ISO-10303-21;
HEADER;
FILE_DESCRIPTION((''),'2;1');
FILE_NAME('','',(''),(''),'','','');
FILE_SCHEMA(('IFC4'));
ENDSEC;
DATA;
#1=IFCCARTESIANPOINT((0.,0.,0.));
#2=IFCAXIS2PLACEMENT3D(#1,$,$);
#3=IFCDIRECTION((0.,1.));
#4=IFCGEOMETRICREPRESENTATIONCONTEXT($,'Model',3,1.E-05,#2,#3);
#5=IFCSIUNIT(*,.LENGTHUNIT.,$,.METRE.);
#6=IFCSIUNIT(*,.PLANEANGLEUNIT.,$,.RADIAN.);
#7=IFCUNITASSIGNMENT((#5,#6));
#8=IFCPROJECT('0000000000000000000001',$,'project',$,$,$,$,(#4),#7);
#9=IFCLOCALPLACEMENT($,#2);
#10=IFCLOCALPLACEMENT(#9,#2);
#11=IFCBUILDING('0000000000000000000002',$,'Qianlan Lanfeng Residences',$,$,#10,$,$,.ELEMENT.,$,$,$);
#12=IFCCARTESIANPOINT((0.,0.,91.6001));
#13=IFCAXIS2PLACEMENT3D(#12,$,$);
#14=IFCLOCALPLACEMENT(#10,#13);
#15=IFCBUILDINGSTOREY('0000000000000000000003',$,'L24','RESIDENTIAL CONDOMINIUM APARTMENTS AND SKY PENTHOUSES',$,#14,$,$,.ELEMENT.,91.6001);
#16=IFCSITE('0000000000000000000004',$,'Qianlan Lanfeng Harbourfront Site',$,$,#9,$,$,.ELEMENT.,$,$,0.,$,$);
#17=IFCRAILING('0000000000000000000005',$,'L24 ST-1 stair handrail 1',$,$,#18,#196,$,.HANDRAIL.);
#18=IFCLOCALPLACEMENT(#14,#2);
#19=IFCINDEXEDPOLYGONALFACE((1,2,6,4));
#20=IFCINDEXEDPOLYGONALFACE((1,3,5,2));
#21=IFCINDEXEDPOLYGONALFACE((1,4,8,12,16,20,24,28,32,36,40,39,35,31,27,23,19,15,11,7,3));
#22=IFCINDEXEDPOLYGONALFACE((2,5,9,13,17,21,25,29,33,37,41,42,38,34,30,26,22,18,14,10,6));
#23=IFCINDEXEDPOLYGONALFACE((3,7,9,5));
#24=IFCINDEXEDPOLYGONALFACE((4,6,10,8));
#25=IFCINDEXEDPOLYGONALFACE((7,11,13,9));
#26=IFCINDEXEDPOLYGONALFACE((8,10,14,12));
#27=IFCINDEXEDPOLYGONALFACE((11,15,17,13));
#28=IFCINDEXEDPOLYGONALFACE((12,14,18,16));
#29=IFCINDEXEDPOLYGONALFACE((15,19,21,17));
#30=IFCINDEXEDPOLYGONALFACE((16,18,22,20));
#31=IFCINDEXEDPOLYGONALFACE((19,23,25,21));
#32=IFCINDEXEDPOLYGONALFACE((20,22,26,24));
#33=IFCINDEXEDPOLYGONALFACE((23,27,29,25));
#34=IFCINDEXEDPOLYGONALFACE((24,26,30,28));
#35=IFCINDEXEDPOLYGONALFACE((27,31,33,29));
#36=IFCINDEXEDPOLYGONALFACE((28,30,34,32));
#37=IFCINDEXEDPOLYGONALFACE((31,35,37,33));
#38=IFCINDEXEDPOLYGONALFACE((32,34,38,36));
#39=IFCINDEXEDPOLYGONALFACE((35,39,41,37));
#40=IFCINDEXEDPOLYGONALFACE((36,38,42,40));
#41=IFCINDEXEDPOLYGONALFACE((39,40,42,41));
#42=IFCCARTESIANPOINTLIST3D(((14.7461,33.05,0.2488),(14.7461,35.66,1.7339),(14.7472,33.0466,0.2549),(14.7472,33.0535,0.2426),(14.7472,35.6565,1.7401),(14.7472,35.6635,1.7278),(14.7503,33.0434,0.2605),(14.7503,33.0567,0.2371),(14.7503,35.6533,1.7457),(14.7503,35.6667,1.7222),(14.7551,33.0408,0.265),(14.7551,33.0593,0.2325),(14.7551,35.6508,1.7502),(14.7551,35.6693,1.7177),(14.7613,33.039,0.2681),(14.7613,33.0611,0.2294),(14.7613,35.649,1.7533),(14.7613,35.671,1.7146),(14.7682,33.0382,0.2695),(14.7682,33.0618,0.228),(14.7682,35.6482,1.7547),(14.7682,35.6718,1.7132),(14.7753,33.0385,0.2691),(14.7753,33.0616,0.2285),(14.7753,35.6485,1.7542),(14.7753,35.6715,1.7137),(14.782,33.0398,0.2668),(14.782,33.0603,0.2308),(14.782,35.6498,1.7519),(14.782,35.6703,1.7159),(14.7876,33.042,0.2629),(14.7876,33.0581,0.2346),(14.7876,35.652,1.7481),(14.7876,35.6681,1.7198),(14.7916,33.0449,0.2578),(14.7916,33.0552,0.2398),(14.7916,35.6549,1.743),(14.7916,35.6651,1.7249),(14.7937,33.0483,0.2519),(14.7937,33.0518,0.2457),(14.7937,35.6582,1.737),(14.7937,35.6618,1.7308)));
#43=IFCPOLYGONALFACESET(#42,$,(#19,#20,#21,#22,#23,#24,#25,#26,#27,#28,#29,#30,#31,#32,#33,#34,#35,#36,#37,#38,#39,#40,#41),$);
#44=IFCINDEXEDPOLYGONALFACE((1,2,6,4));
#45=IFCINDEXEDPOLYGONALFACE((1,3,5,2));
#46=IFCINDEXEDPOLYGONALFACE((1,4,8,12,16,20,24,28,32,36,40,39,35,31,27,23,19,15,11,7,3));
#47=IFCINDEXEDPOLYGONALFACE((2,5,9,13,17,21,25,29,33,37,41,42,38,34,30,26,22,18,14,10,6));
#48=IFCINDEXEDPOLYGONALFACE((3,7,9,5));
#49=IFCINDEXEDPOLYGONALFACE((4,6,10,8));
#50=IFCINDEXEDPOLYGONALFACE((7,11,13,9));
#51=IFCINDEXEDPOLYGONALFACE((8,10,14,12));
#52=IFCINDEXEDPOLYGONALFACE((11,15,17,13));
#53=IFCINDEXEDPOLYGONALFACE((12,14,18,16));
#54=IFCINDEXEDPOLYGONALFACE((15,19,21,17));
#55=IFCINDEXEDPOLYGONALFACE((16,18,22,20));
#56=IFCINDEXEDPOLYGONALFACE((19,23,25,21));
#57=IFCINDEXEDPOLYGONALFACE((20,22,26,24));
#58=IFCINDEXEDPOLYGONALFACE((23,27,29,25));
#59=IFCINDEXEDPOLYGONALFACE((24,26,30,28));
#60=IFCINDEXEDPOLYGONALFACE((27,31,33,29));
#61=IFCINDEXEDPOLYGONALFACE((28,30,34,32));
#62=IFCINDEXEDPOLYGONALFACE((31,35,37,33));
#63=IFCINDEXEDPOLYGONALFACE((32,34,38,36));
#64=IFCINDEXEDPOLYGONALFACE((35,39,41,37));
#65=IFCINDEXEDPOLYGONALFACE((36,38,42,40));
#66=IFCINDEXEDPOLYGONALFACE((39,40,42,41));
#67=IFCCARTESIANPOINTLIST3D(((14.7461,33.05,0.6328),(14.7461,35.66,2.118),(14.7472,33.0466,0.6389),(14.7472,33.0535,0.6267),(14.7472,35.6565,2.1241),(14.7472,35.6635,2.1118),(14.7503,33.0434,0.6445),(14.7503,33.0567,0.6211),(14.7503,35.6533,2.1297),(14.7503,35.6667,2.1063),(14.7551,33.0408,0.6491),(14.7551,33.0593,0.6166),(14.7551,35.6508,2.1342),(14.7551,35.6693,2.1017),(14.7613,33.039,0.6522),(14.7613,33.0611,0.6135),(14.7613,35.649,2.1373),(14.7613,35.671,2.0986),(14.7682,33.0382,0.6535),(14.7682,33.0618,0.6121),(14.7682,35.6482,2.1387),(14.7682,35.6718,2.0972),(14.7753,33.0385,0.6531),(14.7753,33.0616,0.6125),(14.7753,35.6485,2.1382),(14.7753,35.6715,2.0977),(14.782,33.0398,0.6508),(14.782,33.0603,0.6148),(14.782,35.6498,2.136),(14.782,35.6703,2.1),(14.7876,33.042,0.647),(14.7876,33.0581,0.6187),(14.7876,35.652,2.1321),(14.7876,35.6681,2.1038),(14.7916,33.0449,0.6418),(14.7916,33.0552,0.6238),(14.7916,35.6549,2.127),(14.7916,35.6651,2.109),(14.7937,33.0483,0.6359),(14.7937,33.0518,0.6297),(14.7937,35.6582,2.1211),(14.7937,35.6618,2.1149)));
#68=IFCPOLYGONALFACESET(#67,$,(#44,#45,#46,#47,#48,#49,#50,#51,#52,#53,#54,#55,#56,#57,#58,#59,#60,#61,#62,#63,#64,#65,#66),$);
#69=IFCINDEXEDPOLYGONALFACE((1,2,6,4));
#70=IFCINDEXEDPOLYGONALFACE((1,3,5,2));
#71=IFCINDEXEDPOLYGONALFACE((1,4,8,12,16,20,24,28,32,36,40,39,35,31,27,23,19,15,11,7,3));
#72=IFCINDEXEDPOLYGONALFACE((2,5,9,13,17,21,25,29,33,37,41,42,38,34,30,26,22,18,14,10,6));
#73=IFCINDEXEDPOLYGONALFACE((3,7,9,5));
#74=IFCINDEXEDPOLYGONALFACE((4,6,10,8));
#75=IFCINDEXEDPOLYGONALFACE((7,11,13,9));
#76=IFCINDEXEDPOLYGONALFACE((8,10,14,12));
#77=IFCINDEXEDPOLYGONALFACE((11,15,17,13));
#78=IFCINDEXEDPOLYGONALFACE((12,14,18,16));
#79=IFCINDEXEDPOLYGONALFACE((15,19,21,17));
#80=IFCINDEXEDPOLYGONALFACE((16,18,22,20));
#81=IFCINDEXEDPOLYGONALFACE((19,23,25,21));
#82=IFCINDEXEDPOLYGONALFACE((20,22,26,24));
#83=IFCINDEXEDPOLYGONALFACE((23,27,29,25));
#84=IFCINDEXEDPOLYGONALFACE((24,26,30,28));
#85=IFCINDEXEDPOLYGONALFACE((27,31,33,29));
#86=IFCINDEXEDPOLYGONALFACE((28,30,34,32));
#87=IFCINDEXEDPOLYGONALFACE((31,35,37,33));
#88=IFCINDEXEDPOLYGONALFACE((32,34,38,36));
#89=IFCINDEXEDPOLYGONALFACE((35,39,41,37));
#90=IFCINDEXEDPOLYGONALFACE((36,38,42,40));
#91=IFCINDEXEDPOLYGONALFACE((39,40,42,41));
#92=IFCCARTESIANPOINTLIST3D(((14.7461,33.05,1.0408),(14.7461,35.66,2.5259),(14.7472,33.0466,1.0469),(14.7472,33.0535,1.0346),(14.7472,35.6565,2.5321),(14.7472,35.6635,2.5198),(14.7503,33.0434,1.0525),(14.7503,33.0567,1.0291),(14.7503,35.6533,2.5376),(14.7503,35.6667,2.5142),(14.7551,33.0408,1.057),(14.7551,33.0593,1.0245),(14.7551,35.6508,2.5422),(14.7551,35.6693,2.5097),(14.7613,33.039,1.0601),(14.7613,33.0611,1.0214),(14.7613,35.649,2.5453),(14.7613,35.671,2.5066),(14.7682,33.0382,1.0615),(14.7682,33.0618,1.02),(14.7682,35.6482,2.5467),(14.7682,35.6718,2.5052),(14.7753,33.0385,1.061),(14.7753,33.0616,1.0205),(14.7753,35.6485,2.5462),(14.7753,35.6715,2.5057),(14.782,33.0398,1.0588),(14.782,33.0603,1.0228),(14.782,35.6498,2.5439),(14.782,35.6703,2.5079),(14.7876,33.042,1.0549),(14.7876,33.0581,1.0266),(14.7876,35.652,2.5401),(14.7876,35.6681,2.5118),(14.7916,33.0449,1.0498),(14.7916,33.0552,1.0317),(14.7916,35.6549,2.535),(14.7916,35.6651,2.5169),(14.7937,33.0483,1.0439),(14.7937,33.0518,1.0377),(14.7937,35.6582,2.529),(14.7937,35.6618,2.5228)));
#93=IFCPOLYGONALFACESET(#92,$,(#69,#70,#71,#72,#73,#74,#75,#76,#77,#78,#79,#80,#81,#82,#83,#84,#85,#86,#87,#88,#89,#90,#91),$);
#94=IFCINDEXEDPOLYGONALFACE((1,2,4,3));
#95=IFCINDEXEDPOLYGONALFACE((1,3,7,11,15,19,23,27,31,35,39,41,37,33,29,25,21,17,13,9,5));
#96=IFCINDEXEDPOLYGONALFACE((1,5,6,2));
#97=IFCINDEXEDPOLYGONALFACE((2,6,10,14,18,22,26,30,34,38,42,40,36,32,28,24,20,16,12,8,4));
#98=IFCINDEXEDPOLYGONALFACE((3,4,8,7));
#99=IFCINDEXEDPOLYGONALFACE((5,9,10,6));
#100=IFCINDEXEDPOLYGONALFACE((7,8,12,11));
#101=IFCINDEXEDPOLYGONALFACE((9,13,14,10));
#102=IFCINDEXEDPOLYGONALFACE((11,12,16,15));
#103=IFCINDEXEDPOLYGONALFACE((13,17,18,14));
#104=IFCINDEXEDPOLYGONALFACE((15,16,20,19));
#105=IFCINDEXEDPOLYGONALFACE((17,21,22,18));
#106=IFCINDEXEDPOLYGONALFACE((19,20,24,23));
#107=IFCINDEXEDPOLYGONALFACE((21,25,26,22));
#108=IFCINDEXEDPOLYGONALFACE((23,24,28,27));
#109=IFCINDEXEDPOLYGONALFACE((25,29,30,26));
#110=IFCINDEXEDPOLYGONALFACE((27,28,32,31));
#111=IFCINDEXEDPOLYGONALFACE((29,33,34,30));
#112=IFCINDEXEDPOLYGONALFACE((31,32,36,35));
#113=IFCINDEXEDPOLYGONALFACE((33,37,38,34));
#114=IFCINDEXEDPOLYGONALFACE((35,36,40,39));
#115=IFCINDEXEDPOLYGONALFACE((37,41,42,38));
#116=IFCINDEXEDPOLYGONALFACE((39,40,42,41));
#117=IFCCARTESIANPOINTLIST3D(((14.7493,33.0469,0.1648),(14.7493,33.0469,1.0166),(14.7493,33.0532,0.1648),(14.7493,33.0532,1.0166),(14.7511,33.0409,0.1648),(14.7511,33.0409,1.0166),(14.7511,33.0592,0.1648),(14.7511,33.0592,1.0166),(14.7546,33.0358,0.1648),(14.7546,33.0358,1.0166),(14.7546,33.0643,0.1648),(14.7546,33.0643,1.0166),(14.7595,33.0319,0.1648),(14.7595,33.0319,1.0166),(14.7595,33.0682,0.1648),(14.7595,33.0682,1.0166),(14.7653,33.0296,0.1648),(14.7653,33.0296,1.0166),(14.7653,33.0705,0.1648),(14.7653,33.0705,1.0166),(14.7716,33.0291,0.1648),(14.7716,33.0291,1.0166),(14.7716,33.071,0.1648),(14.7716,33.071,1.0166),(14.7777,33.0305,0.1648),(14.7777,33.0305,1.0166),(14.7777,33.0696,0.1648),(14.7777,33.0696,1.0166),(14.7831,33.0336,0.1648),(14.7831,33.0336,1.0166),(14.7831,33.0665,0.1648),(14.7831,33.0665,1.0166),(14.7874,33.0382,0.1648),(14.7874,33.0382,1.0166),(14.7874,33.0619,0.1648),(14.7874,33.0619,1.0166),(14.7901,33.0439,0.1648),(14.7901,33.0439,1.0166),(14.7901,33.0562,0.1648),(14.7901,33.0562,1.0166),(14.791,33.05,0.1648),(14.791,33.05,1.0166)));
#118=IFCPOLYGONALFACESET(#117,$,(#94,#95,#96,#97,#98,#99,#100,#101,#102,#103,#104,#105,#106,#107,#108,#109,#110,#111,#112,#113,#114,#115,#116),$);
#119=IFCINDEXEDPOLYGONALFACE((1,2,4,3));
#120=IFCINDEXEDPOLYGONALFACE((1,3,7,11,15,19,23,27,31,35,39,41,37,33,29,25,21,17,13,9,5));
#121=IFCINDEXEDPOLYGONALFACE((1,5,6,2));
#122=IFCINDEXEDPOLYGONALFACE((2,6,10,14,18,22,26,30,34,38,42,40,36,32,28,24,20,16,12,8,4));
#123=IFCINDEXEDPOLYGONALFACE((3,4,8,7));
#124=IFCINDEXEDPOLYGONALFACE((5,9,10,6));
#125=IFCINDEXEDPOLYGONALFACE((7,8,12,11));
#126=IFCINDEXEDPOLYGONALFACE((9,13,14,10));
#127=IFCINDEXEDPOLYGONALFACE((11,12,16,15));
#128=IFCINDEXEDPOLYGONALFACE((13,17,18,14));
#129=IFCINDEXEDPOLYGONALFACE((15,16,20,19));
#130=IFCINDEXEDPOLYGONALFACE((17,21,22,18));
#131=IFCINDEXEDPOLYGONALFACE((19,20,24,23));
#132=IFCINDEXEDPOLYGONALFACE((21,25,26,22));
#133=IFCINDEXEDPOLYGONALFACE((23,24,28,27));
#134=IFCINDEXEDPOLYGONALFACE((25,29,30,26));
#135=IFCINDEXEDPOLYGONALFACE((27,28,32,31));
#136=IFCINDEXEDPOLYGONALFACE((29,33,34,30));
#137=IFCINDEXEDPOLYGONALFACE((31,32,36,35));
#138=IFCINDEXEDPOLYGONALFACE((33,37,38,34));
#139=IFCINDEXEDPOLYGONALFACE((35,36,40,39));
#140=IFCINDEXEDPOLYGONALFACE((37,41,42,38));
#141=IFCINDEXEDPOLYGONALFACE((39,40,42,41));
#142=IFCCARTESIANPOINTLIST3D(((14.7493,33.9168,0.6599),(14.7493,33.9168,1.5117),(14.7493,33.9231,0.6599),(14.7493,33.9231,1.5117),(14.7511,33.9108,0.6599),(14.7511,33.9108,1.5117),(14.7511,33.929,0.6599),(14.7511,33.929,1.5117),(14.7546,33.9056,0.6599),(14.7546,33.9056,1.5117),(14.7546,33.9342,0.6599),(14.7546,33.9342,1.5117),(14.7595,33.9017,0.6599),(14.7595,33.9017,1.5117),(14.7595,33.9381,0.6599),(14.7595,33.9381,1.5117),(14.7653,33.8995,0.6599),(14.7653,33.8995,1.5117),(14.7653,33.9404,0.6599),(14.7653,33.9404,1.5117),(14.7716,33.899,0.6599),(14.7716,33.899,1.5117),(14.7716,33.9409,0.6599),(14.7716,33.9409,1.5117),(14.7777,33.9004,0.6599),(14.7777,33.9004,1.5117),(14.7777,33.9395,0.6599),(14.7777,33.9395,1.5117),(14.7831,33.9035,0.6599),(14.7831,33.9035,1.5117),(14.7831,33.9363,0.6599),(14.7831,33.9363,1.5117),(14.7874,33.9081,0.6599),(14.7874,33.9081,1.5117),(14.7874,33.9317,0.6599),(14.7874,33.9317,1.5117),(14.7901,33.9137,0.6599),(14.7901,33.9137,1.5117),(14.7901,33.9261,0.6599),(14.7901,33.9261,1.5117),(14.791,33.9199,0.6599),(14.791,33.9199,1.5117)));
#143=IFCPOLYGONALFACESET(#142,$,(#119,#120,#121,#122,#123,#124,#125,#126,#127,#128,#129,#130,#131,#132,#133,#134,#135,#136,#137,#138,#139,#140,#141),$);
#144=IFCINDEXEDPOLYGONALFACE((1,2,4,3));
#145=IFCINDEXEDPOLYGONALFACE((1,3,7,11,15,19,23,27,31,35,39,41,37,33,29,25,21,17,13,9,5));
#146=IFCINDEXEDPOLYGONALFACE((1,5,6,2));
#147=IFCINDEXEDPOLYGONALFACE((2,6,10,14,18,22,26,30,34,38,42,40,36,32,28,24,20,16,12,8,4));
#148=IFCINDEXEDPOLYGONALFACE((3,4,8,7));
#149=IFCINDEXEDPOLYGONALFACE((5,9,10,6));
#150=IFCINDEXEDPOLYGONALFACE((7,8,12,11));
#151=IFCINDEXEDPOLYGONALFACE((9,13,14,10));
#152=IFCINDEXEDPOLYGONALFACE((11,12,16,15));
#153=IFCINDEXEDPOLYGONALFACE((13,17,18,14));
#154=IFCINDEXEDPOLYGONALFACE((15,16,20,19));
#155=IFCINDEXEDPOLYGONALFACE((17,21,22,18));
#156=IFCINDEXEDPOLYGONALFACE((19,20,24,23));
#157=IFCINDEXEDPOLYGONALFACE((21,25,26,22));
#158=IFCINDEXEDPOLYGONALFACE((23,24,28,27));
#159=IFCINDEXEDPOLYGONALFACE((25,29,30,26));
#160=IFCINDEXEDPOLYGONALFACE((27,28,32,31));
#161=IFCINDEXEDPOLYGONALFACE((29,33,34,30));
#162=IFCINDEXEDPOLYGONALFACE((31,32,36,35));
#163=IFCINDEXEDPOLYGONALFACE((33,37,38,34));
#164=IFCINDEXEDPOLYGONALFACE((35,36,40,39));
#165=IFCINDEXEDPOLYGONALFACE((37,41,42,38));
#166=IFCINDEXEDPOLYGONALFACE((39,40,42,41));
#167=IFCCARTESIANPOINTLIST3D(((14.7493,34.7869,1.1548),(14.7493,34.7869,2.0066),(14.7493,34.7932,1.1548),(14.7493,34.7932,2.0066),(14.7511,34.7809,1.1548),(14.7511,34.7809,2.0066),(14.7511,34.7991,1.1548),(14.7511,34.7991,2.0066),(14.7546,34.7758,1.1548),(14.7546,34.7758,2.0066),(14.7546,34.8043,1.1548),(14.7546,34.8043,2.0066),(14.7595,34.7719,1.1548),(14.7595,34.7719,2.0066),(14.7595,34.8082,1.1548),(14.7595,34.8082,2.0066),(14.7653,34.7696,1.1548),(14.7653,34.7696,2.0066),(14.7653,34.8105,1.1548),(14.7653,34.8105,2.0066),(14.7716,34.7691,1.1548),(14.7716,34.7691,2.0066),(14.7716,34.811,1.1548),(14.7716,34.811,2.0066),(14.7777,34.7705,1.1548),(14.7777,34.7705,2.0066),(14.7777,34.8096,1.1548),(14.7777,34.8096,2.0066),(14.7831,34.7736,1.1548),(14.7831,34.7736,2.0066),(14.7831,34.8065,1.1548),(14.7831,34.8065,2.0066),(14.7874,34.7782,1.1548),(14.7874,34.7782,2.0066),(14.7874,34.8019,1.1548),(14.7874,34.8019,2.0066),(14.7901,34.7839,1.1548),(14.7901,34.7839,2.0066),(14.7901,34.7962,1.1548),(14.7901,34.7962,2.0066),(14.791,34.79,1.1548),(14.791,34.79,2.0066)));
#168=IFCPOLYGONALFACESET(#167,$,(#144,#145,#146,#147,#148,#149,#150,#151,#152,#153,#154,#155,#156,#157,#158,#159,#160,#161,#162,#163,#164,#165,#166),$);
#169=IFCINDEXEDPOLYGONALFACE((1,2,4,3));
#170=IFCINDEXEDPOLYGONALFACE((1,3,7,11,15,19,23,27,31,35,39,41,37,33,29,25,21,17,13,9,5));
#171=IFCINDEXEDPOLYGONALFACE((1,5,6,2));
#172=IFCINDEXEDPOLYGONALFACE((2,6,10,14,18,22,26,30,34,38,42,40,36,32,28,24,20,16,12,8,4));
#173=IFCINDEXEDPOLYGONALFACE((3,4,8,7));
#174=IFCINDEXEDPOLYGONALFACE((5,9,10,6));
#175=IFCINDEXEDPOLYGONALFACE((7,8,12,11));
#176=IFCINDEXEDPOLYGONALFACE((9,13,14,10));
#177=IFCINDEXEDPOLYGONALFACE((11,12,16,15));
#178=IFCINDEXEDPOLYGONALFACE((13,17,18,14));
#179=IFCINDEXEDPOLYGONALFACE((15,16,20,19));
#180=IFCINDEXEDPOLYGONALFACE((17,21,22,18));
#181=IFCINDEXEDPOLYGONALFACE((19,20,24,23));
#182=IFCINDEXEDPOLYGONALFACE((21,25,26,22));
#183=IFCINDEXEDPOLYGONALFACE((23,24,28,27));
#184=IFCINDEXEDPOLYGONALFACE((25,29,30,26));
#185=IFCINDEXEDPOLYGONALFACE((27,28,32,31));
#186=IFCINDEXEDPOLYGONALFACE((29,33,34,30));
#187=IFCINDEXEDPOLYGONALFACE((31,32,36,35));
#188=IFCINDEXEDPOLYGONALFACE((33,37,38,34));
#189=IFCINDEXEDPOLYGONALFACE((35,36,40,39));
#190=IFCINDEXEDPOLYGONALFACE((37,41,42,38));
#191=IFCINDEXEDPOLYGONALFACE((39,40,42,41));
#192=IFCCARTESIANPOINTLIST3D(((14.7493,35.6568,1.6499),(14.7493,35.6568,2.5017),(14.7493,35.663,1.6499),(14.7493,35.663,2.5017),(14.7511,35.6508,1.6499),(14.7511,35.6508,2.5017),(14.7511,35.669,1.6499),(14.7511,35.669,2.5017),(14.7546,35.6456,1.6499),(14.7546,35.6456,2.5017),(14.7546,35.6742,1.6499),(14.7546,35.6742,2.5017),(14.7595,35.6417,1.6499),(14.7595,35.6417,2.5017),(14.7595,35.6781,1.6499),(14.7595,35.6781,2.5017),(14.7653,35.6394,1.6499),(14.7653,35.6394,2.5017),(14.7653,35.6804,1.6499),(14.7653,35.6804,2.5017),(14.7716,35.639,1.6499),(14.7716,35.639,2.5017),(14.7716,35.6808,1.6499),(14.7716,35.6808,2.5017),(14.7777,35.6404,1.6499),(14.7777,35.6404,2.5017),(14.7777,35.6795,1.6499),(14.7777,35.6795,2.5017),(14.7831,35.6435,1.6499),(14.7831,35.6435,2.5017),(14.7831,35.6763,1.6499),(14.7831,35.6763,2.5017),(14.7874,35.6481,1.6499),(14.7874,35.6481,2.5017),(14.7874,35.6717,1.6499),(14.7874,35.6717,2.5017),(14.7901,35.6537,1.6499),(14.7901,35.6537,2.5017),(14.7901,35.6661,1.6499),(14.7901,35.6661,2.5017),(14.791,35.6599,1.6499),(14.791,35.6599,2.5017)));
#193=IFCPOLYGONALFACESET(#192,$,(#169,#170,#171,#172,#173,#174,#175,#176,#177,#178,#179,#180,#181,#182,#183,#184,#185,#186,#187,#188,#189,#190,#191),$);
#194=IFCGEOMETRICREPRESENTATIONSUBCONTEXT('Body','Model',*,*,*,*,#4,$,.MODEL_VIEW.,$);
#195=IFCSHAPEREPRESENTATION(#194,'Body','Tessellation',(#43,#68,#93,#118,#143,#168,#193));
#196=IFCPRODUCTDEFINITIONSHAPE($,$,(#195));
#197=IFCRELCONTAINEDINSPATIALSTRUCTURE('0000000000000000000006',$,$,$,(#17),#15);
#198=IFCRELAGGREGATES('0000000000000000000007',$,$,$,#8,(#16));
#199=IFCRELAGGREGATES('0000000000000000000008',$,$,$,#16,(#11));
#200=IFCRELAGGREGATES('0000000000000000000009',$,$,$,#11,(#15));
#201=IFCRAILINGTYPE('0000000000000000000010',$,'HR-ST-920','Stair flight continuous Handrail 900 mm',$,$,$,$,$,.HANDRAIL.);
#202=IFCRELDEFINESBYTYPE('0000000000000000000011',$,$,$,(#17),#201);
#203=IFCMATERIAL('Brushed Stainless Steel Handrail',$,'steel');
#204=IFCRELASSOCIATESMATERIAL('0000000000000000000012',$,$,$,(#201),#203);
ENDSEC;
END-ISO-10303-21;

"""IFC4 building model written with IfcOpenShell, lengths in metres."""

from ifc_helpers import new_model, si_unit, direction, frame, origin, origin_2d, place, context, subcontext, project, spatial, circle, extrude, material, type_object, element, save


model = new_model("IFC4")

# Units and contexts
model_context = context("Model", 3, precision=1e-05, world=origin(), true_north=direction((0.0, 1.0)))
body_context = subcontext(model_context, "Body", "Model", "MODEL_VIEW")
ifc_project = project(units=[si_unit("LENGTHUNIT", "METRE"), si_unit("PLANEANGLEUNIT", "RADIAN")], contexts=[model_context])

# Site, building, storey
site_placement = place(None, origin())
site = spatial("IfcSite", under=ifc_project, at=site_placement, Name="Qianlan Lanfeng Harbourfront Site", CompositionType="ELEMENT", RefElevation=0.0)
building_placement = place(site_placement, origin())
building = spatial("IfcBuilding", under=site, at=building_placement, Name="Qianlan Lanfeng Residences", CompositionType="ELEMENT")
storey_placement = place(building_placement, frame((0.0, 0.0, 91.6001)))
storey = spatial("IfcBuildingStorey", under=building, at=storey_placement, Name="L24", Description="RESIDENTIAL CONDOMINIUM APARTMENTS AND SKY PENTHOUSES", CompositionType="ELEMENT", Elevation=91.6001)

# Railing
ifc_material_1 = material(Name="Brushed Stainless Steel Handrail", Category="steel")
railing_type_1 = type_object("IfcRailingType", Name="HR-ST-920", Description="Stair flight continuous Handrail 900 mm", PredefinedType="HANDRAIL", material=ifc_material_1)
railing_1_placement = place(storey_placement, frame((14.77, 33.05, 0.1648)))
element("IfcRailing", 1, at=railing_1_placement, inside=storey, type_object=railing_type_1, Name="L24 ST-1 stair handrail 1", PredefinedType="HANDRAIL", context=body_context, shape_type="SweptSolid", body=[
    extrude(circle(Radius=0.0239, at=origin_2d()), frame((0.0, 0.0, 0.084), z_axis=(0.0, 0.869137, 0.494571), x_axis=(-1.0, 0.0, 0.0)), (0.0, 0.0, 1.0), 3.0029),
    extrude(circle(Radius=0.0239, at=origin_2d()), frame((0.0, 0.0, 0.468), z_axis=(0.0, 0.869137, 0.494571), x_axis=(-1.0, 0.0, 0.0)), (0.0, 0.0, 1.0), 3.0029),
    extrude(circle(Radius=0.0239, at=origin_2d()), frame((0.0, 0.0, 0.876), z_axis=(0.0, 0.869137, 0.494571), x_axis=(-1.0, 0.0, 0.0)), (0.0, 0.0, 1.0), 3.0029),
    extrude(circle(Radius=0.021, at=origin_2d()), origin(), (0.0, 0.0, 1.0), 0.8518),
    extrude(circle(Radius=0.021, at=origin_2d()), frame((0.0, 0.8699, 0.4951)), (0.0, 0.0, 1.0), 0.8518),
    extrude(circle(Radius=0.021, at=origin_2d()), frame((0.0, 1.74, 0.99)), (0.0, 0.0, 1.0), 0.8518),
    extrude(circle(Radius=0.021, at=origin_2d()), frame((0.0, 2.6099, 1.4851)), (0.0, 0.0, 1.0), 0.8518),
])

save(model, "model.ifc")
